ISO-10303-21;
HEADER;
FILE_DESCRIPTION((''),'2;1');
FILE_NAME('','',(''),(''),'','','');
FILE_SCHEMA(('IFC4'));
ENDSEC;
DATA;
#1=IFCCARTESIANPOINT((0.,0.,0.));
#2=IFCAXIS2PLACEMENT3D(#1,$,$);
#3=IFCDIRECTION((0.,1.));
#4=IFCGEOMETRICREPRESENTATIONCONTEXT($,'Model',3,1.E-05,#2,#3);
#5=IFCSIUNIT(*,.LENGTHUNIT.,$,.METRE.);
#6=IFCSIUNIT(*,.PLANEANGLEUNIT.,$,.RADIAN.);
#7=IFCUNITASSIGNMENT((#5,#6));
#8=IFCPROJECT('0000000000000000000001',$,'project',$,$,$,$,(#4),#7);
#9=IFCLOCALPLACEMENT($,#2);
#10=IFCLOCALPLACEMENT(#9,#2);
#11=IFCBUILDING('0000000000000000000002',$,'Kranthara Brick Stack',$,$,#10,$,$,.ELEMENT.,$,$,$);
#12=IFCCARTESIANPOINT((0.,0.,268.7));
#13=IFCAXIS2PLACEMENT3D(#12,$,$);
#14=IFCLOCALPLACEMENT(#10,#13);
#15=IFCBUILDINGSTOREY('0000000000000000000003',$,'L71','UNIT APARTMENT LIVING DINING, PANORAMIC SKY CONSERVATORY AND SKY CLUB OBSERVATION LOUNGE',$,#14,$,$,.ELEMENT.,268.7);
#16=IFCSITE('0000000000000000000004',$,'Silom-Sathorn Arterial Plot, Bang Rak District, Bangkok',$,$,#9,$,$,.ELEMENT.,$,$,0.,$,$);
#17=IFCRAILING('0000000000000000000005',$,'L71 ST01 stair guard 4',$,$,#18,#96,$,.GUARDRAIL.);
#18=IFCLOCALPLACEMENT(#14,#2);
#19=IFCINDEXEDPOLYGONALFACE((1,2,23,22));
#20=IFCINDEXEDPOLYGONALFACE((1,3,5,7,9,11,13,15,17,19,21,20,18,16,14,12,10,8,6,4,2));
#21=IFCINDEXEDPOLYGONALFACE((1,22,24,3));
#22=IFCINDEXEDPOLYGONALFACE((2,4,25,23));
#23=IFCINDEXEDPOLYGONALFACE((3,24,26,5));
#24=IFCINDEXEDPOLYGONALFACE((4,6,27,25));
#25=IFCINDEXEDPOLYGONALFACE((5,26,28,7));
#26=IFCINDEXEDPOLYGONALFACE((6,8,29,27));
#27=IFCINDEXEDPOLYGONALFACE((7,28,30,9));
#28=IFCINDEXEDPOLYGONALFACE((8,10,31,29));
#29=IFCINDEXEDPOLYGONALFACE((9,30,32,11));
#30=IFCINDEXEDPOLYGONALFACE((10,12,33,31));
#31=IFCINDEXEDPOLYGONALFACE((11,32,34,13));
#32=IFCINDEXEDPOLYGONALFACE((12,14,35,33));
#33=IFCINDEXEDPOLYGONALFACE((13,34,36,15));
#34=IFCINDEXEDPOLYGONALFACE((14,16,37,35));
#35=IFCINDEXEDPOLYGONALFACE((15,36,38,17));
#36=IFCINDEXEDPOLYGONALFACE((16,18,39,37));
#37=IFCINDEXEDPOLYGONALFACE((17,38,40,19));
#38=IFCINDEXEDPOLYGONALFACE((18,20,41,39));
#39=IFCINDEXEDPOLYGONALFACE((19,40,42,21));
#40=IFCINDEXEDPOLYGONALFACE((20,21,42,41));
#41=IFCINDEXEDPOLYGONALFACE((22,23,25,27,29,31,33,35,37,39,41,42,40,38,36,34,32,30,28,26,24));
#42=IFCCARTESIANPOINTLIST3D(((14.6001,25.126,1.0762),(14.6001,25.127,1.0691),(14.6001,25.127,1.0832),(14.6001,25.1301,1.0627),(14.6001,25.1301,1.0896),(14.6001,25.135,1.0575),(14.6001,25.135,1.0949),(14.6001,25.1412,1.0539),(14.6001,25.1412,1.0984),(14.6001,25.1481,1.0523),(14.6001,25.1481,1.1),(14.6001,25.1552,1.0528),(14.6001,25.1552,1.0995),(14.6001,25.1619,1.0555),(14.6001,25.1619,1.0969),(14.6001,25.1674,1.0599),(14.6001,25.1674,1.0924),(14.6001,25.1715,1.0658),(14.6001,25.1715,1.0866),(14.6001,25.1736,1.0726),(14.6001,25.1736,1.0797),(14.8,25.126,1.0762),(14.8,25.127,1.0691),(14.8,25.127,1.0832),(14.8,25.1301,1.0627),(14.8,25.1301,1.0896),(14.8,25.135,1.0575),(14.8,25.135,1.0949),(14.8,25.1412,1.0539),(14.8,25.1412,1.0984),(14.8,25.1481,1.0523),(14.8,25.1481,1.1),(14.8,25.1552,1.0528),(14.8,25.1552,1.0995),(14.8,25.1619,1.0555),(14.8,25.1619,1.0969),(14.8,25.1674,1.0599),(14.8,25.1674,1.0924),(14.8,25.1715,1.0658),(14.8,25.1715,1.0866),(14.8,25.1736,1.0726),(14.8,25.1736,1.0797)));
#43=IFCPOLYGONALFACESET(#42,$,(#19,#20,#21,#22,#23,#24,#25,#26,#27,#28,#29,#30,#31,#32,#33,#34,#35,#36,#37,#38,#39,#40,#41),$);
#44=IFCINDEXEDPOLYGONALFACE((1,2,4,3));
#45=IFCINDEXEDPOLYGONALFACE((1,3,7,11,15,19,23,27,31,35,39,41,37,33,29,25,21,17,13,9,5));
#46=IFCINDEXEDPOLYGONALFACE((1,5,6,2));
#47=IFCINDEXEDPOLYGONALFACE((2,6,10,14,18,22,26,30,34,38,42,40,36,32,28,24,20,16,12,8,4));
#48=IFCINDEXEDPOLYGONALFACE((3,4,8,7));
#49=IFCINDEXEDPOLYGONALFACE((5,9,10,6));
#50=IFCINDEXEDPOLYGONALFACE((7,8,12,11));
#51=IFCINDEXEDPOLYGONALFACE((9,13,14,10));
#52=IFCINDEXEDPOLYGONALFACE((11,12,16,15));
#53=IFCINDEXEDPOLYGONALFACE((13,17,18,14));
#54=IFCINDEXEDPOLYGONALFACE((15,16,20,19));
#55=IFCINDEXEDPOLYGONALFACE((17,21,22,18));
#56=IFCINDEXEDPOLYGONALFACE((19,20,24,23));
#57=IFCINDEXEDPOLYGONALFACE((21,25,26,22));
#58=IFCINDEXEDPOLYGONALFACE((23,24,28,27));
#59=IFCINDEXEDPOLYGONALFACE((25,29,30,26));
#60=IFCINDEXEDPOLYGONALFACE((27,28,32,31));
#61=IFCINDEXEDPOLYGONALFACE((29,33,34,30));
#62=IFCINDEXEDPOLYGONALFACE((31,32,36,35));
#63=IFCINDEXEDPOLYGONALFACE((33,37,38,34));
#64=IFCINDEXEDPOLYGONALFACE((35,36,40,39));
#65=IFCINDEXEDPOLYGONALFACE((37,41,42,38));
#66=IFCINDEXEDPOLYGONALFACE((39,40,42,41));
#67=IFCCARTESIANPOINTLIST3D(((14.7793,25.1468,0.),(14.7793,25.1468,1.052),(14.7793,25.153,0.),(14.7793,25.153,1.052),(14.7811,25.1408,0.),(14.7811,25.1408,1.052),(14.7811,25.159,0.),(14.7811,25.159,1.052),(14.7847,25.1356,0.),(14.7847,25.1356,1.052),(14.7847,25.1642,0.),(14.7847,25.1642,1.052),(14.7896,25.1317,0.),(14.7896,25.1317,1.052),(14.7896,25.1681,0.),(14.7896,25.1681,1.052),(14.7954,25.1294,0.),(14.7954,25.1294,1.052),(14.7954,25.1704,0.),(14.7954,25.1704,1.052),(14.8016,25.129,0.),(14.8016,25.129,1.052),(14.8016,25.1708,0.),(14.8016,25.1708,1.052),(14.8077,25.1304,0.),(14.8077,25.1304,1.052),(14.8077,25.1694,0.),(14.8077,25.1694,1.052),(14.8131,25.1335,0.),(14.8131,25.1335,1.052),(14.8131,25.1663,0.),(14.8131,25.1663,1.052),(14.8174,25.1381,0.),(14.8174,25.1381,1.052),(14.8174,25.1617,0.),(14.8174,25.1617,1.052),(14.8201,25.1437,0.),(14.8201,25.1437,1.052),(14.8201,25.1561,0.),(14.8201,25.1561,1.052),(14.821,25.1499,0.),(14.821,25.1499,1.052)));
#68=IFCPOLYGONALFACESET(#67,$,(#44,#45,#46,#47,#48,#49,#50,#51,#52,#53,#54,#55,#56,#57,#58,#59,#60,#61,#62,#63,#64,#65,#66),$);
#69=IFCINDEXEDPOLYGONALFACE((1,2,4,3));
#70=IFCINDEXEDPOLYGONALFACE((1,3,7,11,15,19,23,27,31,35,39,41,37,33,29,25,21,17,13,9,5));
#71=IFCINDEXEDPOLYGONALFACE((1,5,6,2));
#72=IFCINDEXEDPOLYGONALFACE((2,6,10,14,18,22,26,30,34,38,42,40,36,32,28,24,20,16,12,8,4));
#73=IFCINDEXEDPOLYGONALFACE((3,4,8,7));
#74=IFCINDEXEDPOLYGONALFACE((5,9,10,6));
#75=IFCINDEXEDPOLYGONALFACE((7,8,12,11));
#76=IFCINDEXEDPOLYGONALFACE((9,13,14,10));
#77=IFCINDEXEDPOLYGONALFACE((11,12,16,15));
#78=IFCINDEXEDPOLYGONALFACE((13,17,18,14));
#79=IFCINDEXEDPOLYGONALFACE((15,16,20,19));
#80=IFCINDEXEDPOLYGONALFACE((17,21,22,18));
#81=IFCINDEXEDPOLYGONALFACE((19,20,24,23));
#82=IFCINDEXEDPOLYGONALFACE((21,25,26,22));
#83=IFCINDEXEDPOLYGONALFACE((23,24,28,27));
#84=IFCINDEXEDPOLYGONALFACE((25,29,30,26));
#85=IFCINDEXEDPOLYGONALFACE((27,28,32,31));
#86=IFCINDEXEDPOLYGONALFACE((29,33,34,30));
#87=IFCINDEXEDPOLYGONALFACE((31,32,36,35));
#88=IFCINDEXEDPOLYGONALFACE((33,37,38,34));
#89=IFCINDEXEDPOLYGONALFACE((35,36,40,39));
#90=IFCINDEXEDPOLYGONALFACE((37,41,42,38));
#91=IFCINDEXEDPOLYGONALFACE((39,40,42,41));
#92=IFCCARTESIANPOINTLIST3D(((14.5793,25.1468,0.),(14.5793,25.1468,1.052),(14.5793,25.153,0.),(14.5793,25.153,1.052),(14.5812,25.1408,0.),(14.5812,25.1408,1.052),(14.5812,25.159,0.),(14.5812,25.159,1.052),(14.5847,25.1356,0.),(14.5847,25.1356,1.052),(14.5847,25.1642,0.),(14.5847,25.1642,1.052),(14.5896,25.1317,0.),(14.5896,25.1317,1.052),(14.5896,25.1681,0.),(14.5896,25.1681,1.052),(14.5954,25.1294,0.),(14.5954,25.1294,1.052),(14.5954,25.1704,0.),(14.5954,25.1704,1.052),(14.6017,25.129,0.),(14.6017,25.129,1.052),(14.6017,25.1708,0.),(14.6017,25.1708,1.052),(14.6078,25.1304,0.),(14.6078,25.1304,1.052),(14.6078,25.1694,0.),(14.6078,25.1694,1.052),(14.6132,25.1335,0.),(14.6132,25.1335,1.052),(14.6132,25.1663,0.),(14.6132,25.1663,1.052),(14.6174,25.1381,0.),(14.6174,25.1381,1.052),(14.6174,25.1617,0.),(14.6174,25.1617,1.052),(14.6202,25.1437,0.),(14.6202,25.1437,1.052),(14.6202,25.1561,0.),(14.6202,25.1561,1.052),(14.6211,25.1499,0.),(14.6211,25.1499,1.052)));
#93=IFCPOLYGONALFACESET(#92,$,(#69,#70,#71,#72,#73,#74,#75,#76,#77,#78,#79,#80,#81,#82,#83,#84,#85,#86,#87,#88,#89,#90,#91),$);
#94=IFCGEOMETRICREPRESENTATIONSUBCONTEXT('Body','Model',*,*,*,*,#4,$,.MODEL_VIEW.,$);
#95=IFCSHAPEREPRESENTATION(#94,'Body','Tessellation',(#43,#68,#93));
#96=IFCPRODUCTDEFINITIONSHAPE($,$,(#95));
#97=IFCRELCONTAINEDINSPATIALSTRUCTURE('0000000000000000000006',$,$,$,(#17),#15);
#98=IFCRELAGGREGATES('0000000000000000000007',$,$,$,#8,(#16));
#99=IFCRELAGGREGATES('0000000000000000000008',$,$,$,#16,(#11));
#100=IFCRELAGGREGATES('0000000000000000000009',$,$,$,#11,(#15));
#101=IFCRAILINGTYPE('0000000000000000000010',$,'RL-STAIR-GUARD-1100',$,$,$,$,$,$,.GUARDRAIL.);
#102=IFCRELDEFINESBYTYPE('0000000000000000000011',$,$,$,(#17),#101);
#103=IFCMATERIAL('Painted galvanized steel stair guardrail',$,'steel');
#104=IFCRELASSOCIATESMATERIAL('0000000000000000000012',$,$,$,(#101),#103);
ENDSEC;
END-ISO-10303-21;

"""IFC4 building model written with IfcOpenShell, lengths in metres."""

from ifc_helpers import new_model, si_unit, direction, frame, origin, origin_2d, place, context, subcontext, project, spatial, circle, extrude, material, type_object, element, save


model = new_model("IFC4")

# Units and contexts
model_context = context("Model", 3, precision=1e-05, world=origin(), true_north=direction((0.0, 1.0)))
body_context = subcontext(model_context, "Body", "Model", "MODEL_VIEW")
ifc_project = project(units=[si_unit("LENGTHUNIT", "METRE"), si_unit("PLANEANGLEUNIT", "RADIAN")], contexts=[model_context])

# Site, building, storey
site_placement = place(None, origin())
site = spatial("IfcSite", under=ifc_project, at=site_placement, Name="Silom-Sathorn Arterial Plot, Bang Rak District, Bangkok", CompositionType="ELEMENT", RefElevation=0.0)
building_placement = place(site_placement, origin())
building = spatial("IfcBuilding", under=site, at=building_placement, Name="Kranthara Brick Stack", CompositionType="ELEMENT")
storey_placement = place(building_placement, frame((0.0, 0.0, 268.7)))
storey = spatial("IfcBuildingStorey", under=building, at=storey_placement, Name="L71", Description="UNIT APARTMENT LIVING DINING, PANORAMIC SKY CONSERVATORY AND SKY CLUB OBSERVATION LOUNGE", CompositionType="ELEMENT", Elevation=268.7)

# Railing
ifc_material_1 = material(Name="Painted galvanized steel stair guardrail", Category="steel")
railing_type_1 = type_object("IfcRailingType", Name="RL-STAIR-GUARD-1100", PredefinedType="GUARDRAIL", material=ifc_material_1)
railing_1_placement = place(storey_placement, frame((14.8, 25.1499, 0.0)))
element("IfcRailing", 1, at=railing_1_placement, inside=storey, type_object=railing_type_1, Name="L71 ST01 stair guard 4", PredefinedType="GUARDRAIL", context=body_context, shape_type="SweptSolid", body=[
    extrude(circle(Radius=0.0239, at=origin_2d()), frame((0.0, 0.0, 1.0762), z_axis=(-1.0, 0.0, 0.0), x_axis=(0.0, -1.0, 0.0)), (0.0, 0.0, 1.0), 0.2),
    extrude(circle(Radius=0.021, at=origin_2d()), origin(), (0.0, 0.0, 1.0), 1.052),
    extrude(circle(Radius=0.021, at=origin_2d()), frame((-0.2, 0.0, 0.0)), (0.0, 0.0, 1.0), 1.052),
])

save(model, "model.ifc")
